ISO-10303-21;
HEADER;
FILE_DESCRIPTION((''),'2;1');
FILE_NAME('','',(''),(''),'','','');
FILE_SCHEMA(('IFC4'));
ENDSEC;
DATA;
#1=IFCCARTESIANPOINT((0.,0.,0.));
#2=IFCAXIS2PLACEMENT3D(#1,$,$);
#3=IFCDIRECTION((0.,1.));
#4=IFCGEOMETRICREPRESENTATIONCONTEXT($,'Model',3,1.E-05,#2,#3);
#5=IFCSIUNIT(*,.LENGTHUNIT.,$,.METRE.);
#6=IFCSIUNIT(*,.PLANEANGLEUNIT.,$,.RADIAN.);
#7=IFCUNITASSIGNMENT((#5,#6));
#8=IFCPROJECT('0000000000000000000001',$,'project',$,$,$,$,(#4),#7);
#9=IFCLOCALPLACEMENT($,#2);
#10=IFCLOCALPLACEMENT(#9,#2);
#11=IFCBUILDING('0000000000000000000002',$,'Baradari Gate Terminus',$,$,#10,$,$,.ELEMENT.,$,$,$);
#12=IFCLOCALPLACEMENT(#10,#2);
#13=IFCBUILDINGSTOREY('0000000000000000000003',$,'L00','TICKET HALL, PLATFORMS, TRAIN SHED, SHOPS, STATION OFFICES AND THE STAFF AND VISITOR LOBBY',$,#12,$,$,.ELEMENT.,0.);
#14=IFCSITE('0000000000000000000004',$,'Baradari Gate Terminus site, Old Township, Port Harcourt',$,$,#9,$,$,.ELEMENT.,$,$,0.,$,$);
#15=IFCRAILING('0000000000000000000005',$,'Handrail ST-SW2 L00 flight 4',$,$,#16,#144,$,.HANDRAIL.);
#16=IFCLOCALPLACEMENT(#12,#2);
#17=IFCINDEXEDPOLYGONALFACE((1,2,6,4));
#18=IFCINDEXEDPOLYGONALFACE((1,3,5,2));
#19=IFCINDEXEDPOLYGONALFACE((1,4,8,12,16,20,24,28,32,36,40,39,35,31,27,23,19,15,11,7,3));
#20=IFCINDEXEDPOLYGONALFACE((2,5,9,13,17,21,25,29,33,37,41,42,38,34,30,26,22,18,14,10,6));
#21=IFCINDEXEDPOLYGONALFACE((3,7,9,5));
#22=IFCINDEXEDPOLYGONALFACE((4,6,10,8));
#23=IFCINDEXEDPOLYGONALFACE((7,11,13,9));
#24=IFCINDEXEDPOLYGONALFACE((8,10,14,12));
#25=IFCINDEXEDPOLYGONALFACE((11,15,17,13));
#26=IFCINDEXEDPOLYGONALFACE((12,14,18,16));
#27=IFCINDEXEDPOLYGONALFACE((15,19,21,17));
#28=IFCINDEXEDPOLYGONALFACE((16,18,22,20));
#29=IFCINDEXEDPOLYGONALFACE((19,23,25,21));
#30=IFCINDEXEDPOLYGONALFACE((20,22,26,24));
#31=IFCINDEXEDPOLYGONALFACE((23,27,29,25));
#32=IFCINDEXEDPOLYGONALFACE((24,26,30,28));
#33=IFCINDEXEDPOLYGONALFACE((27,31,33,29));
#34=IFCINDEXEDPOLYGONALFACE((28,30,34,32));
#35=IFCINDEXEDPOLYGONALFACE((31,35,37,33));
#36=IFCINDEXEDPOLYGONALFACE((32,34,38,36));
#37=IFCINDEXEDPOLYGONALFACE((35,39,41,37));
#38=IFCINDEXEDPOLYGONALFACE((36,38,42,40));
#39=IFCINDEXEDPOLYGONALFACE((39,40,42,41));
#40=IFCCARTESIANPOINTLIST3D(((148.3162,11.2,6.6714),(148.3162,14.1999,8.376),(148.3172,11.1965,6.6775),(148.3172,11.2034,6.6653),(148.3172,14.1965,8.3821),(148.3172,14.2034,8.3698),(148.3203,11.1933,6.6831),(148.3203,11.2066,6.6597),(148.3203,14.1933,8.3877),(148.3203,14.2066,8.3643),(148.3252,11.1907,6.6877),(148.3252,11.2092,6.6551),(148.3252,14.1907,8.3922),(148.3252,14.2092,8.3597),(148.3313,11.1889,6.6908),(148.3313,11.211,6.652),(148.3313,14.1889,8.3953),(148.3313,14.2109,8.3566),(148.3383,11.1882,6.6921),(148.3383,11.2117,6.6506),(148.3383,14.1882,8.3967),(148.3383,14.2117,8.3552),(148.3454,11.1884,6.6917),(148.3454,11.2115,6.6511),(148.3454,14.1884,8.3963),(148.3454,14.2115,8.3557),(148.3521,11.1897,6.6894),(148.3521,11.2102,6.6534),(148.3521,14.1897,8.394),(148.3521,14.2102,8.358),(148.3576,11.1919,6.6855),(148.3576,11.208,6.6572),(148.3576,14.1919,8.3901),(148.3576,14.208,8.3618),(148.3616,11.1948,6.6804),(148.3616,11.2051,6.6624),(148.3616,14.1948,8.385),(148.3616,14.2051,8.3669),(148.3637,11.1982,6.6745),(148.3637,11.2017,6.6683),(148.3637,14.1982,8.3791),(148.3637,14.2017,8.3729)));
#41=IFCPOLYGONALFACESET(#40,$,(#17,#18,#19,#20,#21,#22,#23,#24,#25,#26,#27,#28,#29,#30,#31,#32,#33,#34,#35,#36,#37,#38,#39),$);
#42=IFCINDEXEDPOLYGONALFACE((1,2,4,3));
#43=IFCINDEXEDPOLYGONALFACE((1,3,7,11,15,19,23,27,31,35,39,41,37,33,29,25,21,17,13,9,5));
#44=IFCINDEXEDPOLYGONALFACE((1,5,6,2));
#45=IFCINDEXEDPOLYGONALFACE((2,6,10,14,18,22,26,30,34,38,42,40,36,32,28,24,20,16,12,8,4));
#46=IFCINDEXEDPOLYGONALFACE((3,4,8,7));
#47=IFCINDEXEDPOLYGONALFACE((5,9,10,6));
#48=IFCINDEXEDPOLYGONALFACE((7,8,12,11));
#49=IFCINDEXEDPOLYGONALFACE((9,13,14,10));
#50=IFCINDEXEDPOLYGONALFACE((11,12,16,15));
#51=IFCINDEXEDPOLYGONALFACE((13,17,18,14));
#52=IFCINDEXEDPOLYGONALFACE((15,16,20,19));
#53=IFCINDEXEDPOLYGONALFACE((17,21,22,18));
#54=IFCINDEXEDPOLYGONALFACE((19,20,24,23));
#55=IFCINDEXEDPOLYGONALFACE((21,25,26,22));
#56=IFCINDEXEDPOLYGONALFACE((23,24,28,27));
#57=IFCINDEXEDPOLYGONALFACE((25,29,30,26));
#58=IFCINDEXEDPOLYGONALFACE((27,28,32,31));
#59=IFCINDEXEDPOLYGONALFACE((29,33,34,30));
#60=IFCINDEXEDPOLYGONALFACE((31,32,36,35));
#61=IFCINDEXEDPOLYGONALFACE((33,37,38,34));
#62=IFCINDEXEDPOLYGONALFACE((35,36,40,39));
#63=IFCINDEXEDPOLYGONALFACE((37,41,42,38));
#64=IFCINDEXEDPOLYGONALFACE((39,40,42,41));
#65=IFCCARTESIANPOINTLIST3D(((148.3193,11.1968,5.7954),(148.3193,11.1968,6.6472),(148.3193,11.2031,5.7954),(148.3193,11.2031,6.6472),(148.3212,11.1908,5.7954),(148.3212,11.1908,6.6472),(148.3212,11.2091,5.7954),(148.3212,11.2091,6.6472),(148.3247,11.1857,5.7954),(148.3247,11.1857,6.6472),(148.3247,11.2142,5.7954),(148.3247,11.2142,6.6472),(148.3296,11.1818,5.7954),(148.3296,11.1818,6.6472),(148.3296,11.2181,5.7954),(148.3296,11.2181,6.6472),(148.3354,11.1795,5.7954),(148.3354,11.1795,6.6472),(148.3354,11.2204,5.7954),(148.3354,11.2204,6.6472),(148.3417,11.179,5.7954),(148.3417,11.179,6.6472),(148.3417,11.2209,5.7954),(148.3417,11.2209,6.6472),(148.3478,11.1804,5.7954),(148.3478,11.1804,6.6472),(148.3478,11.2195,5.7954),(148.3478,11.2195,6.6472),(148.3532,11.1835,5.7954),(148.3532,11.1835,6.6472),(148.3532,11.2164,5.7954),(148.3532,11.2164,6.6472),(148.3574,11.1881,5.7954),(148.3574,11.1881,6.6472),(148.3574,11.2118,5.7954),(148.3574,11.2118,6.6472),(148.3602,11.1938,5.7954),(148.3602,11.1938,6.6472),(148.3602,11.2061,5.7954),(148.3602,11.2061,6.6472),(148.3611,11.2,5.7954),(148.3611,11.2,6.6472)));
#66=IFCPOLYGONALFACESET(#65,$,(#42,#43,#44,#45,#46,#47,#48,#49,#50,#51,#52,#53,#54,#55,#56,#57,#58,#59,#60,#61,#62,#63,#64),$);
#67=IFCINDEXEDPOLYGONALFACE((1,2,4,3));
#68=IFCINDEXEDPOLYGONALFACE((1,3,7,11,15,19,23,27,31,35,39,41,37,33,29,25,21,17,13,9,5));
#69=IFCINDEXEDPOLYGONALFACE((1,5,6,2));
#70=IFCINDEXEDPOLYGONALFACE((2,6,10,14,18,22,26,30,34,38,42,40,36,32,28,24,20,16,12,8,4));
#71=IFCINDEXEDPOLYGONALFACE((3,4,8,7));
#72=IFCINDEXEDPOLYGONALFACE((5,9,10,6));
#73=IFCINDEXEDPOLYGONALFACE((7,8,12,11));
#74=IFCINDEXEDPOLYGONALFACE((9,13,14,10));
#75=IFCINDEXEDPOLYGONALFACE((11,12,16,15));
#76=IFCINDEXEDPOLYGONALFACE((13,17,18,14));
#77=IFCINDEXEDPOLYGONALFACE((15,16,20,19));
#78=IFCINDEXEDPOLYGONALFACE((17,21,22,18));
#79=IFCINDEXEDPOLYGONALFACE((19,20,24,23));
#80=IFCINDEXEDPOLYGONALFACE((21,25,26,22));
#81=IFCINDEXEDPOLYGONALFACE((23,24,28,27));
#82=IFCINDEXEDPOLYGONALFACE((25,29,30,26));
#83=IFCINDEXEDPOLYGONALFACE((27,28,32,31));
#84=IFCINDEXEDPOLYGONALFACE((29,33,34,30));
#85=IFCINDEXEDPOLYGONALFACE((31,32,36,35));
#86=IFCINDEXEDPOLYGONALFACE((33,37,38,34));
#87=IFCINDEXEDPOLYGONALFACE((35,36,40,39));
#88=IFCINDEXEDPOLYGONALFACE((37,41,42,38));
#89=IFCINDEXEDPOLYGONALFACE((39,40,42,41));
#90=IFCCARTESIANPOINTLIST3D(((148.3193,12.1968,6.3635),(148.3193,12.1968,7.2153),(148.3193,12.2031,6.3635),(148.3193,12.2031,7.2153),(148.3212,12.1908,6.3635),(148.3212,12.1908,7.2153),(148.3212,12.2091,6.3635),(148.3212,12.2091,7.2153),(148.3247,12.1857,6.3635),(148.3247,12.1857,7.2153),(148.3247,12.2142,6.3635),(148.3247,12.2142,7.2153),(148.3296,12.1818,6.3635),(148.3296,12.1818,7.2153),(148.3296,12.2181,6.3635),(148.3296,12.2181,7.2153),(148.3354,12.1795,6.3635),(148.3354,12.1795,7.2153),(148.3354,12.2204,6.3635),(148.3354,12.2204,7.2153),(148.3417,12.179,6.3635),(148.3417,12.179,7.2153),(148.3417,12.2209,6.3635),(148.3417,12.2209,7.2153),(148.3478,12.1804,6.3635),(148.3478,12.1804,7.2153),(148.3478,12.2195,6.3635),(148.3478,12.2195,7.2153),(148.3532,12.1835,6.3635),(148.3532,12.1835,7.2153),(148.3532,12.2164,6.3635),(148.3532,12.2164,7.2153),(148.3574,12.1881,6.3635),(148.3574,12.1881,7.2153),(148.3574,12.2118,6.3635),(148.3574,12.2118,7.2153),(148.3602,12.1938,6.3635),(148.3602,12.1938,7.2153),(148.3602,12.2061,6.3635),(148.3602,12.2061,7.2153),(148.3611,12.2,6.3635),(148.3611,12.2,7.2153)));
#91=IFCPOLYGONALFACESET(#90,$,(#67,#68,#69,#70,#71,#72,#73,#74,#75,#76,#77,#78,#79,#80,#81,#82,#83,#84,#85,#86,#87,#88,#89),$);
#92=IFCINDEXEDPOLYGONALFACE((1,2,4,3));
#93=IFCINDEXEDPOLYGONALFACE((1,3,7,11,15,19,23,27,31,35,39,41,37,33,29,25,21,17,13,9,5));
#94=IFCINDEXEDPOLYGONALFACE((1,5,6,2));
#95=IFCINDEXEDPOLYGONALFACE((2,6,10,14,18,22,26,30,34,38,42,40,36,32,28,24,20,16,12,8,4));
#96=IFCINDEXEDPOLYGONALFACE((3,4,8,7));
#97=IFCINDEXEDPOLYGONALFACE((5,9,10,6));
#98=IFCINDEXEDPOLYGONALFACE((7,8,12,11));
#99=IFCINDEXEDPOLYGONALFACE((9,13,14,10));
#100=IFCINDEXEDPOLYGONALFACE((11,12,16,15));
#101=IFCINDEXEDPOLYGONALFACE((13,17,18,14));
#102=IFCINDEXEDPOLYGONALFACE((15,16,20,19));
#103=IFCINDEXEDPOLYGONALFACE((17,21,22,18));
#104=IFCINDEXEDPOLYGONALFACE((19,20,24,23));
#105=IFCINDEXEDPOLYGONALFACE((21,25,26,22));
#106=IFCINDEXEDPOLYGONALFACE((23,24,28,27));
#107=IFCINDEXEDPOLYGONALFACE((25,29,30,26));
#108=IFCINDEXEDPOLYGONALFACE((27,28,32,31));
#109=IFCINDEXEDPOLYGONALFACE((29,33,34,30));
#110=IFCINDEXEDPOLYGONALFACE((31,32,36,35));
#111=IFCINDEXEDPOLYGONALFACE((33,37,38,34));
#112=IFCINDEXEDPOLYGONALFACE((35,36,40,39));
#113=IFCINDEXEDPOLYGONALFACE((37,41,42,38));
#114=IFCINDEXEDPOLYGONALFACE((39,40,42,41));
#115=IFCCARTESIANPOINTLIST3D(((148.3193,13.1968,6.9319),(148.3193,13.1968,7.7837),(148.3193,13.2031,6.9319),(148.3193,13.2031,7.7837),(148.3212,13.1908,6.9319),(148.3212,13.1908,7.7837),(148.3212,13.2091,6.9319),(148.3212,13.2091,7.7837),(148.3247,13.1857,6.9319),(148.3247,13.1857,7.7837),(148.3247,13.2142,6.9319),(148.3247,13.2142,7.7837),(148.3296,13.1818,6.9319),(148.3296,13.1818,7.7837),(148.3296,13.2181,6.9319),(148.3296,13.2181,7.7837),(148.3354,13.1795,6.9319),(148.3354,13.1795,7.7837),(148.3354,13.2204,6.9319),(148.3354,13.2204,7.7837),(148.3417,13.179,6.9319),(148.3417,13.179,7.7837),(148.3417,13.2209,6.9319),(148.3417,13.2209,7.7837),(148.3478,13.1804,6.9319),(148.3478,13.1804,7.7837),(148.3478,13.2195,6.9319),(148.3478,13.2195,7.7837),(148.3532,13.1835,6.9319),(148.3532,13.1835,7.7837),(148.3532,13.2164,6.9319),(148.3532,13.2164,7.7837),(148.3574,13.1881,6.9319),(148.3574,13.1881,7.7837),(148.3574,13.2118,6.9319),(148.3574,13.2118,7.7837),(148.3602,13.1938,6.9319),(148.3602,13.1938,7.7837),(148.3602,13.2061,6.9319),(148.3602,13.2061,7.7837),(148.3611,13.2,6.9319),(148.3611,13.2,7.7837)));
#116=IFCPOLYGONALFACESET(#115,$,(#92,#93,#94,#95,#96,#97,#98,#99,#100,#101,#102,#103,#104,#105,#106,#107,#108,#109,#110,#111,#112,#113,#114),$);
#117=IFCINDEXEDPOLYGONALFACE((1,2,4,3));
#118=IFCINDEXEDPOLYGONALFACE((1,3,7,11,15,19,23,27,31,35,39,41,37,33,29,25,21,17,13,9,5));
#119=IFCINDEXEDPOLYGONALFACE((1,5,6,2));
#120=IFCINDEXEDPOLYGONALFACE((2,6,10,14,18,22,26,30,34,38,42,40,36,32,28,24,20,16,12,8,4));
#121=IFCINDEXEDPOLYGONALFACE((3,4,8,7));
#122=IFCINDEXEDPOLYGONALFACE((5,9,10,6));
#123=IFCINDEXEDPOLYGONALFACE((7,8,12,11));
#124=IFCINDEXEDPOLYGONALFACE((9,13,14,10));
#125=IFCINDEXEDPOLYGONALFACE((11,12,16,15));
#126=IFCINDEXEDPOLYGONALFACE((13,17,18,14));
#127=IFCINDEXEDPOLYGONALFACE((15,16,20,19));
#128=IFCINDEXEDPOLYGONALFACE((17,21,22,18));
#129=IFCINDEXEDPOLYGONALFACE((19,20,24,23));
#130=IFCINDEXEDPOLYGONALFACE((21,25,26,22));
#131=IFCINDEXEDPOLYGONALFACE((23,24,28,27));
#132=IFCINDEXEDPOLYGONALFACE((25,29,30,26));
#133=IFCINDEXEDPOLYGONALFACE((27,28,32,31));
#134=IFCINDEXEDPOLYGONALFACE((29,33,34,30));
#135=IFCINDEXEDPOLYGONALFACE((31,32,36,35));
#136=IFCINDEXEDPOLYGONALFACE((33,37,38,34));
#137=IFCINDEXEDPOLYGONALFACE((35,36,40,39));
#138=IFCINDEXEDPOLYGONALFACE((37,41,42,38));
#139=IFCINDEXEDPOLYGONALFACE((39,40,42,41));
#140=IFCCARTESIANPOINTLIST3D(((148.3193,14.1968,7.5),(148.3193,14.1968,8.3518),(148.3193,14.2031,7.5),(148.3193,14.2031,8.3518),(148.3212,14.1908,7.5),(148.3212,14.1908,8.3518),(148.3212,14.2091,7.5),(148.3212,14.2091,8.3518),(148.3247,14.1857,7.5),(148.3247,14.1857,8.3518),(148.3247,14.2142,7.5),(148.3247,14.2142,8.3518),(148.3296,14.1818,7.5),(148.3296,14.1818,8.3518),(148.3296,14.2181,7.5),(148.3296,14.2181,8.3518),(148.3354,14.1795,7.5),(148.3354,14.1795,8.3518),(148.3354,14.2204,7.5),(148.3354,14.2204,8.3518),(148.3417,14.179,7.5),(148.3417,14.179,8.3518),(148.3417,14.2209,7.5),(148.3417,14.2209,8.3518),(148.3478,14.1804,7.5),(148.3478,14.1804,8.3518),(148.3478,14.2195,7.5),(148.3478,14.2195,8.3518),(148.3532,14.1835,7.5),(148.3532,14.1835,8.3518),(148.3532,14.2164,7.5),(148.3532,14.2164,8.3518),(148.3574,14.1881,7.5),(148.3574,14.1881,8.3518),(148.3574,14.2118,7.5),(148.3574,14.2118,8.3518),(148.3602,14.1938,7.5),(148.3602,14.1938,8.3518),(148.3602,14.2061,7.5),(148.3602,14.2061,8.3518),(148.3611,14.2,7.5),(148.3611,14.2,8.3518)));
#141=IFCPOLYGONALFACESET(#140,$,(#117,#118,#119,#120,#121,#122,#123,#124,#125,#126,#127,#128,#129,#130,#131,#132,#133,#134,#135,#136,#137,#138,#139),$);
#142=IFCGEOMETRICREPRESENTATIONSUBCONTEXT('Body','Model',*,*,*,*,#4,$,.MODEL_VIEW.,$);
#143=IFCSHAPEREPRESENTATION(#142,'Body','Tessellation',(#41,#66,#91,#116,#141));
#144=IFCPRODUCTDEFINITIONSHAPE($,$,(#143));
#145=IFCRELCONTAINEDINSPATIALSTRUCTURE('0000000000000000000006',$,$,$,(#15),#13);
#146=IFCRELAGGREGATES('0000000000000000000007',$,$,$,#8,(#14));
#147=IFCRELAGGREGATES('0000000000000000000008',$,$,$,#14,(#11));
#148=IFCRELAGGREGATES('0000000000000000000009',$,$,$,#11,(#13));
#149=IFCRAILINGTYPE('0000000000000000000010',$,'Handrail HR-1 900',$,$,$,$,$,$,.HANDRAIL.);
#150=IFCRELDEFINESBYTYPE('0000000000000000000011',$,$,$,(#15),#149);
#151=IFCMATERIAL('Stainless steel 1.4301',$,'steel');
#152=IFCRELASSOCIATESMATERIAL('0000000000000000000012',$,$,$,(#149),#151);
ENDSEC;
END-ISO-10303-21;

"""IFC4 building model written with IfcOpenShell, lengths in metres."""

from ifc_helpers import new_model, si_unit, direction, frame, origin, origin_2d, place, context, subcontext, project, spatial, circle, extrude, material, type_object, element, save


model = new_model("IFC4")

# Units and contexts
model_context = context("Model", 3, precision=1e-05, world=origin(), true_north=direction((0.0, 1.0)))
body_context = subcontext(model_context, "Body", "Model", "MODEL_VIEW")
ifc_project = project(units=[si_unit("LENGTHUNIT", "METRE"), si_unit("PLANEANGLEUNIT", "RADIAN")], contexts=[model_context])

# Site, building, storey
site_placement = place(None, origin())
site = spatial("IfcSite", under=ifc_project, at=site_placement, Name="Baradari Gate Terminus site, Old Township, Port Harcourt", CompositionType="ELEMENT", RefElevation=0.0)
building_placement = place(site_placement, origin())
building = spatial("IfcBuilding", under=site, at=building_placement, Name="Baradari Gate Terminus", CompositionType="ELEMENT")
storey_placement = place(building_placement, origin())
storey = spatial("IfcBuildingStorey", under=building, at=storey_placement, Name="L00", Description="TICKET HALL, PLATFORMS, TRAIN SHED, SHOPS, STATION OFFICES AND THE STAFF AND VISITOR LOBBY", CompositionType="ELEMENT", Elevation=0.0)

# Railing
ifc_material_1 = material(Name="Stainless steel 1.4301", Category="steel")
railing_type_1 = type_object("IfcRailingType", Name="Handrail HR-1 900", PredefinedType="HANDRAIL", material=ifc_material_1)
for number, where, name in (
    (1, (148.3401, 11.2, 5.7954), "Handrail ST-SW2 L00 flight 4"),
):
    element("IfcRailing", number, at=place(storey_placement, frame(where)), inside=storey, type_object=railing_type_1, Name=name, PredefinedType="HANDRAIL", context=body_context, shape_type="SweptSolid", body=[
        extrude(circle(Radius=0.0239, at=origin_2d()), frame((0.0, 0.0, 0.876), z_axis=(0.0, 0.869451, 0.494019), x_axis=(-1.0, 0.0, 0.0)), (0.0, 0.0, 1.0), 3.4504),
        extrude(circle(Radius=0.021, at=origin_2d()), origin(), (0.0, 0.0, 1.0), 0.8518),
        extrude(circle(Radius=0.021, at=origin_2d()), frame((0.0, 1.0, 0.5681)), (0.0, 0.0, 1.0), 0.8518),
        extrude(circle(Radius=0.021, at=origin_2d()), frame((0.0, 2.0, 1.1365)), (0.0, 0.0, 1.0), 0.8518),
        extrude(circle(Radius=0.021, at=origin_2d()), frame((0.0, 3.0, 1.7046)), (0.0, 0.0, 1.0), 0.8518),
    ])

save(model, "model.ifc")
